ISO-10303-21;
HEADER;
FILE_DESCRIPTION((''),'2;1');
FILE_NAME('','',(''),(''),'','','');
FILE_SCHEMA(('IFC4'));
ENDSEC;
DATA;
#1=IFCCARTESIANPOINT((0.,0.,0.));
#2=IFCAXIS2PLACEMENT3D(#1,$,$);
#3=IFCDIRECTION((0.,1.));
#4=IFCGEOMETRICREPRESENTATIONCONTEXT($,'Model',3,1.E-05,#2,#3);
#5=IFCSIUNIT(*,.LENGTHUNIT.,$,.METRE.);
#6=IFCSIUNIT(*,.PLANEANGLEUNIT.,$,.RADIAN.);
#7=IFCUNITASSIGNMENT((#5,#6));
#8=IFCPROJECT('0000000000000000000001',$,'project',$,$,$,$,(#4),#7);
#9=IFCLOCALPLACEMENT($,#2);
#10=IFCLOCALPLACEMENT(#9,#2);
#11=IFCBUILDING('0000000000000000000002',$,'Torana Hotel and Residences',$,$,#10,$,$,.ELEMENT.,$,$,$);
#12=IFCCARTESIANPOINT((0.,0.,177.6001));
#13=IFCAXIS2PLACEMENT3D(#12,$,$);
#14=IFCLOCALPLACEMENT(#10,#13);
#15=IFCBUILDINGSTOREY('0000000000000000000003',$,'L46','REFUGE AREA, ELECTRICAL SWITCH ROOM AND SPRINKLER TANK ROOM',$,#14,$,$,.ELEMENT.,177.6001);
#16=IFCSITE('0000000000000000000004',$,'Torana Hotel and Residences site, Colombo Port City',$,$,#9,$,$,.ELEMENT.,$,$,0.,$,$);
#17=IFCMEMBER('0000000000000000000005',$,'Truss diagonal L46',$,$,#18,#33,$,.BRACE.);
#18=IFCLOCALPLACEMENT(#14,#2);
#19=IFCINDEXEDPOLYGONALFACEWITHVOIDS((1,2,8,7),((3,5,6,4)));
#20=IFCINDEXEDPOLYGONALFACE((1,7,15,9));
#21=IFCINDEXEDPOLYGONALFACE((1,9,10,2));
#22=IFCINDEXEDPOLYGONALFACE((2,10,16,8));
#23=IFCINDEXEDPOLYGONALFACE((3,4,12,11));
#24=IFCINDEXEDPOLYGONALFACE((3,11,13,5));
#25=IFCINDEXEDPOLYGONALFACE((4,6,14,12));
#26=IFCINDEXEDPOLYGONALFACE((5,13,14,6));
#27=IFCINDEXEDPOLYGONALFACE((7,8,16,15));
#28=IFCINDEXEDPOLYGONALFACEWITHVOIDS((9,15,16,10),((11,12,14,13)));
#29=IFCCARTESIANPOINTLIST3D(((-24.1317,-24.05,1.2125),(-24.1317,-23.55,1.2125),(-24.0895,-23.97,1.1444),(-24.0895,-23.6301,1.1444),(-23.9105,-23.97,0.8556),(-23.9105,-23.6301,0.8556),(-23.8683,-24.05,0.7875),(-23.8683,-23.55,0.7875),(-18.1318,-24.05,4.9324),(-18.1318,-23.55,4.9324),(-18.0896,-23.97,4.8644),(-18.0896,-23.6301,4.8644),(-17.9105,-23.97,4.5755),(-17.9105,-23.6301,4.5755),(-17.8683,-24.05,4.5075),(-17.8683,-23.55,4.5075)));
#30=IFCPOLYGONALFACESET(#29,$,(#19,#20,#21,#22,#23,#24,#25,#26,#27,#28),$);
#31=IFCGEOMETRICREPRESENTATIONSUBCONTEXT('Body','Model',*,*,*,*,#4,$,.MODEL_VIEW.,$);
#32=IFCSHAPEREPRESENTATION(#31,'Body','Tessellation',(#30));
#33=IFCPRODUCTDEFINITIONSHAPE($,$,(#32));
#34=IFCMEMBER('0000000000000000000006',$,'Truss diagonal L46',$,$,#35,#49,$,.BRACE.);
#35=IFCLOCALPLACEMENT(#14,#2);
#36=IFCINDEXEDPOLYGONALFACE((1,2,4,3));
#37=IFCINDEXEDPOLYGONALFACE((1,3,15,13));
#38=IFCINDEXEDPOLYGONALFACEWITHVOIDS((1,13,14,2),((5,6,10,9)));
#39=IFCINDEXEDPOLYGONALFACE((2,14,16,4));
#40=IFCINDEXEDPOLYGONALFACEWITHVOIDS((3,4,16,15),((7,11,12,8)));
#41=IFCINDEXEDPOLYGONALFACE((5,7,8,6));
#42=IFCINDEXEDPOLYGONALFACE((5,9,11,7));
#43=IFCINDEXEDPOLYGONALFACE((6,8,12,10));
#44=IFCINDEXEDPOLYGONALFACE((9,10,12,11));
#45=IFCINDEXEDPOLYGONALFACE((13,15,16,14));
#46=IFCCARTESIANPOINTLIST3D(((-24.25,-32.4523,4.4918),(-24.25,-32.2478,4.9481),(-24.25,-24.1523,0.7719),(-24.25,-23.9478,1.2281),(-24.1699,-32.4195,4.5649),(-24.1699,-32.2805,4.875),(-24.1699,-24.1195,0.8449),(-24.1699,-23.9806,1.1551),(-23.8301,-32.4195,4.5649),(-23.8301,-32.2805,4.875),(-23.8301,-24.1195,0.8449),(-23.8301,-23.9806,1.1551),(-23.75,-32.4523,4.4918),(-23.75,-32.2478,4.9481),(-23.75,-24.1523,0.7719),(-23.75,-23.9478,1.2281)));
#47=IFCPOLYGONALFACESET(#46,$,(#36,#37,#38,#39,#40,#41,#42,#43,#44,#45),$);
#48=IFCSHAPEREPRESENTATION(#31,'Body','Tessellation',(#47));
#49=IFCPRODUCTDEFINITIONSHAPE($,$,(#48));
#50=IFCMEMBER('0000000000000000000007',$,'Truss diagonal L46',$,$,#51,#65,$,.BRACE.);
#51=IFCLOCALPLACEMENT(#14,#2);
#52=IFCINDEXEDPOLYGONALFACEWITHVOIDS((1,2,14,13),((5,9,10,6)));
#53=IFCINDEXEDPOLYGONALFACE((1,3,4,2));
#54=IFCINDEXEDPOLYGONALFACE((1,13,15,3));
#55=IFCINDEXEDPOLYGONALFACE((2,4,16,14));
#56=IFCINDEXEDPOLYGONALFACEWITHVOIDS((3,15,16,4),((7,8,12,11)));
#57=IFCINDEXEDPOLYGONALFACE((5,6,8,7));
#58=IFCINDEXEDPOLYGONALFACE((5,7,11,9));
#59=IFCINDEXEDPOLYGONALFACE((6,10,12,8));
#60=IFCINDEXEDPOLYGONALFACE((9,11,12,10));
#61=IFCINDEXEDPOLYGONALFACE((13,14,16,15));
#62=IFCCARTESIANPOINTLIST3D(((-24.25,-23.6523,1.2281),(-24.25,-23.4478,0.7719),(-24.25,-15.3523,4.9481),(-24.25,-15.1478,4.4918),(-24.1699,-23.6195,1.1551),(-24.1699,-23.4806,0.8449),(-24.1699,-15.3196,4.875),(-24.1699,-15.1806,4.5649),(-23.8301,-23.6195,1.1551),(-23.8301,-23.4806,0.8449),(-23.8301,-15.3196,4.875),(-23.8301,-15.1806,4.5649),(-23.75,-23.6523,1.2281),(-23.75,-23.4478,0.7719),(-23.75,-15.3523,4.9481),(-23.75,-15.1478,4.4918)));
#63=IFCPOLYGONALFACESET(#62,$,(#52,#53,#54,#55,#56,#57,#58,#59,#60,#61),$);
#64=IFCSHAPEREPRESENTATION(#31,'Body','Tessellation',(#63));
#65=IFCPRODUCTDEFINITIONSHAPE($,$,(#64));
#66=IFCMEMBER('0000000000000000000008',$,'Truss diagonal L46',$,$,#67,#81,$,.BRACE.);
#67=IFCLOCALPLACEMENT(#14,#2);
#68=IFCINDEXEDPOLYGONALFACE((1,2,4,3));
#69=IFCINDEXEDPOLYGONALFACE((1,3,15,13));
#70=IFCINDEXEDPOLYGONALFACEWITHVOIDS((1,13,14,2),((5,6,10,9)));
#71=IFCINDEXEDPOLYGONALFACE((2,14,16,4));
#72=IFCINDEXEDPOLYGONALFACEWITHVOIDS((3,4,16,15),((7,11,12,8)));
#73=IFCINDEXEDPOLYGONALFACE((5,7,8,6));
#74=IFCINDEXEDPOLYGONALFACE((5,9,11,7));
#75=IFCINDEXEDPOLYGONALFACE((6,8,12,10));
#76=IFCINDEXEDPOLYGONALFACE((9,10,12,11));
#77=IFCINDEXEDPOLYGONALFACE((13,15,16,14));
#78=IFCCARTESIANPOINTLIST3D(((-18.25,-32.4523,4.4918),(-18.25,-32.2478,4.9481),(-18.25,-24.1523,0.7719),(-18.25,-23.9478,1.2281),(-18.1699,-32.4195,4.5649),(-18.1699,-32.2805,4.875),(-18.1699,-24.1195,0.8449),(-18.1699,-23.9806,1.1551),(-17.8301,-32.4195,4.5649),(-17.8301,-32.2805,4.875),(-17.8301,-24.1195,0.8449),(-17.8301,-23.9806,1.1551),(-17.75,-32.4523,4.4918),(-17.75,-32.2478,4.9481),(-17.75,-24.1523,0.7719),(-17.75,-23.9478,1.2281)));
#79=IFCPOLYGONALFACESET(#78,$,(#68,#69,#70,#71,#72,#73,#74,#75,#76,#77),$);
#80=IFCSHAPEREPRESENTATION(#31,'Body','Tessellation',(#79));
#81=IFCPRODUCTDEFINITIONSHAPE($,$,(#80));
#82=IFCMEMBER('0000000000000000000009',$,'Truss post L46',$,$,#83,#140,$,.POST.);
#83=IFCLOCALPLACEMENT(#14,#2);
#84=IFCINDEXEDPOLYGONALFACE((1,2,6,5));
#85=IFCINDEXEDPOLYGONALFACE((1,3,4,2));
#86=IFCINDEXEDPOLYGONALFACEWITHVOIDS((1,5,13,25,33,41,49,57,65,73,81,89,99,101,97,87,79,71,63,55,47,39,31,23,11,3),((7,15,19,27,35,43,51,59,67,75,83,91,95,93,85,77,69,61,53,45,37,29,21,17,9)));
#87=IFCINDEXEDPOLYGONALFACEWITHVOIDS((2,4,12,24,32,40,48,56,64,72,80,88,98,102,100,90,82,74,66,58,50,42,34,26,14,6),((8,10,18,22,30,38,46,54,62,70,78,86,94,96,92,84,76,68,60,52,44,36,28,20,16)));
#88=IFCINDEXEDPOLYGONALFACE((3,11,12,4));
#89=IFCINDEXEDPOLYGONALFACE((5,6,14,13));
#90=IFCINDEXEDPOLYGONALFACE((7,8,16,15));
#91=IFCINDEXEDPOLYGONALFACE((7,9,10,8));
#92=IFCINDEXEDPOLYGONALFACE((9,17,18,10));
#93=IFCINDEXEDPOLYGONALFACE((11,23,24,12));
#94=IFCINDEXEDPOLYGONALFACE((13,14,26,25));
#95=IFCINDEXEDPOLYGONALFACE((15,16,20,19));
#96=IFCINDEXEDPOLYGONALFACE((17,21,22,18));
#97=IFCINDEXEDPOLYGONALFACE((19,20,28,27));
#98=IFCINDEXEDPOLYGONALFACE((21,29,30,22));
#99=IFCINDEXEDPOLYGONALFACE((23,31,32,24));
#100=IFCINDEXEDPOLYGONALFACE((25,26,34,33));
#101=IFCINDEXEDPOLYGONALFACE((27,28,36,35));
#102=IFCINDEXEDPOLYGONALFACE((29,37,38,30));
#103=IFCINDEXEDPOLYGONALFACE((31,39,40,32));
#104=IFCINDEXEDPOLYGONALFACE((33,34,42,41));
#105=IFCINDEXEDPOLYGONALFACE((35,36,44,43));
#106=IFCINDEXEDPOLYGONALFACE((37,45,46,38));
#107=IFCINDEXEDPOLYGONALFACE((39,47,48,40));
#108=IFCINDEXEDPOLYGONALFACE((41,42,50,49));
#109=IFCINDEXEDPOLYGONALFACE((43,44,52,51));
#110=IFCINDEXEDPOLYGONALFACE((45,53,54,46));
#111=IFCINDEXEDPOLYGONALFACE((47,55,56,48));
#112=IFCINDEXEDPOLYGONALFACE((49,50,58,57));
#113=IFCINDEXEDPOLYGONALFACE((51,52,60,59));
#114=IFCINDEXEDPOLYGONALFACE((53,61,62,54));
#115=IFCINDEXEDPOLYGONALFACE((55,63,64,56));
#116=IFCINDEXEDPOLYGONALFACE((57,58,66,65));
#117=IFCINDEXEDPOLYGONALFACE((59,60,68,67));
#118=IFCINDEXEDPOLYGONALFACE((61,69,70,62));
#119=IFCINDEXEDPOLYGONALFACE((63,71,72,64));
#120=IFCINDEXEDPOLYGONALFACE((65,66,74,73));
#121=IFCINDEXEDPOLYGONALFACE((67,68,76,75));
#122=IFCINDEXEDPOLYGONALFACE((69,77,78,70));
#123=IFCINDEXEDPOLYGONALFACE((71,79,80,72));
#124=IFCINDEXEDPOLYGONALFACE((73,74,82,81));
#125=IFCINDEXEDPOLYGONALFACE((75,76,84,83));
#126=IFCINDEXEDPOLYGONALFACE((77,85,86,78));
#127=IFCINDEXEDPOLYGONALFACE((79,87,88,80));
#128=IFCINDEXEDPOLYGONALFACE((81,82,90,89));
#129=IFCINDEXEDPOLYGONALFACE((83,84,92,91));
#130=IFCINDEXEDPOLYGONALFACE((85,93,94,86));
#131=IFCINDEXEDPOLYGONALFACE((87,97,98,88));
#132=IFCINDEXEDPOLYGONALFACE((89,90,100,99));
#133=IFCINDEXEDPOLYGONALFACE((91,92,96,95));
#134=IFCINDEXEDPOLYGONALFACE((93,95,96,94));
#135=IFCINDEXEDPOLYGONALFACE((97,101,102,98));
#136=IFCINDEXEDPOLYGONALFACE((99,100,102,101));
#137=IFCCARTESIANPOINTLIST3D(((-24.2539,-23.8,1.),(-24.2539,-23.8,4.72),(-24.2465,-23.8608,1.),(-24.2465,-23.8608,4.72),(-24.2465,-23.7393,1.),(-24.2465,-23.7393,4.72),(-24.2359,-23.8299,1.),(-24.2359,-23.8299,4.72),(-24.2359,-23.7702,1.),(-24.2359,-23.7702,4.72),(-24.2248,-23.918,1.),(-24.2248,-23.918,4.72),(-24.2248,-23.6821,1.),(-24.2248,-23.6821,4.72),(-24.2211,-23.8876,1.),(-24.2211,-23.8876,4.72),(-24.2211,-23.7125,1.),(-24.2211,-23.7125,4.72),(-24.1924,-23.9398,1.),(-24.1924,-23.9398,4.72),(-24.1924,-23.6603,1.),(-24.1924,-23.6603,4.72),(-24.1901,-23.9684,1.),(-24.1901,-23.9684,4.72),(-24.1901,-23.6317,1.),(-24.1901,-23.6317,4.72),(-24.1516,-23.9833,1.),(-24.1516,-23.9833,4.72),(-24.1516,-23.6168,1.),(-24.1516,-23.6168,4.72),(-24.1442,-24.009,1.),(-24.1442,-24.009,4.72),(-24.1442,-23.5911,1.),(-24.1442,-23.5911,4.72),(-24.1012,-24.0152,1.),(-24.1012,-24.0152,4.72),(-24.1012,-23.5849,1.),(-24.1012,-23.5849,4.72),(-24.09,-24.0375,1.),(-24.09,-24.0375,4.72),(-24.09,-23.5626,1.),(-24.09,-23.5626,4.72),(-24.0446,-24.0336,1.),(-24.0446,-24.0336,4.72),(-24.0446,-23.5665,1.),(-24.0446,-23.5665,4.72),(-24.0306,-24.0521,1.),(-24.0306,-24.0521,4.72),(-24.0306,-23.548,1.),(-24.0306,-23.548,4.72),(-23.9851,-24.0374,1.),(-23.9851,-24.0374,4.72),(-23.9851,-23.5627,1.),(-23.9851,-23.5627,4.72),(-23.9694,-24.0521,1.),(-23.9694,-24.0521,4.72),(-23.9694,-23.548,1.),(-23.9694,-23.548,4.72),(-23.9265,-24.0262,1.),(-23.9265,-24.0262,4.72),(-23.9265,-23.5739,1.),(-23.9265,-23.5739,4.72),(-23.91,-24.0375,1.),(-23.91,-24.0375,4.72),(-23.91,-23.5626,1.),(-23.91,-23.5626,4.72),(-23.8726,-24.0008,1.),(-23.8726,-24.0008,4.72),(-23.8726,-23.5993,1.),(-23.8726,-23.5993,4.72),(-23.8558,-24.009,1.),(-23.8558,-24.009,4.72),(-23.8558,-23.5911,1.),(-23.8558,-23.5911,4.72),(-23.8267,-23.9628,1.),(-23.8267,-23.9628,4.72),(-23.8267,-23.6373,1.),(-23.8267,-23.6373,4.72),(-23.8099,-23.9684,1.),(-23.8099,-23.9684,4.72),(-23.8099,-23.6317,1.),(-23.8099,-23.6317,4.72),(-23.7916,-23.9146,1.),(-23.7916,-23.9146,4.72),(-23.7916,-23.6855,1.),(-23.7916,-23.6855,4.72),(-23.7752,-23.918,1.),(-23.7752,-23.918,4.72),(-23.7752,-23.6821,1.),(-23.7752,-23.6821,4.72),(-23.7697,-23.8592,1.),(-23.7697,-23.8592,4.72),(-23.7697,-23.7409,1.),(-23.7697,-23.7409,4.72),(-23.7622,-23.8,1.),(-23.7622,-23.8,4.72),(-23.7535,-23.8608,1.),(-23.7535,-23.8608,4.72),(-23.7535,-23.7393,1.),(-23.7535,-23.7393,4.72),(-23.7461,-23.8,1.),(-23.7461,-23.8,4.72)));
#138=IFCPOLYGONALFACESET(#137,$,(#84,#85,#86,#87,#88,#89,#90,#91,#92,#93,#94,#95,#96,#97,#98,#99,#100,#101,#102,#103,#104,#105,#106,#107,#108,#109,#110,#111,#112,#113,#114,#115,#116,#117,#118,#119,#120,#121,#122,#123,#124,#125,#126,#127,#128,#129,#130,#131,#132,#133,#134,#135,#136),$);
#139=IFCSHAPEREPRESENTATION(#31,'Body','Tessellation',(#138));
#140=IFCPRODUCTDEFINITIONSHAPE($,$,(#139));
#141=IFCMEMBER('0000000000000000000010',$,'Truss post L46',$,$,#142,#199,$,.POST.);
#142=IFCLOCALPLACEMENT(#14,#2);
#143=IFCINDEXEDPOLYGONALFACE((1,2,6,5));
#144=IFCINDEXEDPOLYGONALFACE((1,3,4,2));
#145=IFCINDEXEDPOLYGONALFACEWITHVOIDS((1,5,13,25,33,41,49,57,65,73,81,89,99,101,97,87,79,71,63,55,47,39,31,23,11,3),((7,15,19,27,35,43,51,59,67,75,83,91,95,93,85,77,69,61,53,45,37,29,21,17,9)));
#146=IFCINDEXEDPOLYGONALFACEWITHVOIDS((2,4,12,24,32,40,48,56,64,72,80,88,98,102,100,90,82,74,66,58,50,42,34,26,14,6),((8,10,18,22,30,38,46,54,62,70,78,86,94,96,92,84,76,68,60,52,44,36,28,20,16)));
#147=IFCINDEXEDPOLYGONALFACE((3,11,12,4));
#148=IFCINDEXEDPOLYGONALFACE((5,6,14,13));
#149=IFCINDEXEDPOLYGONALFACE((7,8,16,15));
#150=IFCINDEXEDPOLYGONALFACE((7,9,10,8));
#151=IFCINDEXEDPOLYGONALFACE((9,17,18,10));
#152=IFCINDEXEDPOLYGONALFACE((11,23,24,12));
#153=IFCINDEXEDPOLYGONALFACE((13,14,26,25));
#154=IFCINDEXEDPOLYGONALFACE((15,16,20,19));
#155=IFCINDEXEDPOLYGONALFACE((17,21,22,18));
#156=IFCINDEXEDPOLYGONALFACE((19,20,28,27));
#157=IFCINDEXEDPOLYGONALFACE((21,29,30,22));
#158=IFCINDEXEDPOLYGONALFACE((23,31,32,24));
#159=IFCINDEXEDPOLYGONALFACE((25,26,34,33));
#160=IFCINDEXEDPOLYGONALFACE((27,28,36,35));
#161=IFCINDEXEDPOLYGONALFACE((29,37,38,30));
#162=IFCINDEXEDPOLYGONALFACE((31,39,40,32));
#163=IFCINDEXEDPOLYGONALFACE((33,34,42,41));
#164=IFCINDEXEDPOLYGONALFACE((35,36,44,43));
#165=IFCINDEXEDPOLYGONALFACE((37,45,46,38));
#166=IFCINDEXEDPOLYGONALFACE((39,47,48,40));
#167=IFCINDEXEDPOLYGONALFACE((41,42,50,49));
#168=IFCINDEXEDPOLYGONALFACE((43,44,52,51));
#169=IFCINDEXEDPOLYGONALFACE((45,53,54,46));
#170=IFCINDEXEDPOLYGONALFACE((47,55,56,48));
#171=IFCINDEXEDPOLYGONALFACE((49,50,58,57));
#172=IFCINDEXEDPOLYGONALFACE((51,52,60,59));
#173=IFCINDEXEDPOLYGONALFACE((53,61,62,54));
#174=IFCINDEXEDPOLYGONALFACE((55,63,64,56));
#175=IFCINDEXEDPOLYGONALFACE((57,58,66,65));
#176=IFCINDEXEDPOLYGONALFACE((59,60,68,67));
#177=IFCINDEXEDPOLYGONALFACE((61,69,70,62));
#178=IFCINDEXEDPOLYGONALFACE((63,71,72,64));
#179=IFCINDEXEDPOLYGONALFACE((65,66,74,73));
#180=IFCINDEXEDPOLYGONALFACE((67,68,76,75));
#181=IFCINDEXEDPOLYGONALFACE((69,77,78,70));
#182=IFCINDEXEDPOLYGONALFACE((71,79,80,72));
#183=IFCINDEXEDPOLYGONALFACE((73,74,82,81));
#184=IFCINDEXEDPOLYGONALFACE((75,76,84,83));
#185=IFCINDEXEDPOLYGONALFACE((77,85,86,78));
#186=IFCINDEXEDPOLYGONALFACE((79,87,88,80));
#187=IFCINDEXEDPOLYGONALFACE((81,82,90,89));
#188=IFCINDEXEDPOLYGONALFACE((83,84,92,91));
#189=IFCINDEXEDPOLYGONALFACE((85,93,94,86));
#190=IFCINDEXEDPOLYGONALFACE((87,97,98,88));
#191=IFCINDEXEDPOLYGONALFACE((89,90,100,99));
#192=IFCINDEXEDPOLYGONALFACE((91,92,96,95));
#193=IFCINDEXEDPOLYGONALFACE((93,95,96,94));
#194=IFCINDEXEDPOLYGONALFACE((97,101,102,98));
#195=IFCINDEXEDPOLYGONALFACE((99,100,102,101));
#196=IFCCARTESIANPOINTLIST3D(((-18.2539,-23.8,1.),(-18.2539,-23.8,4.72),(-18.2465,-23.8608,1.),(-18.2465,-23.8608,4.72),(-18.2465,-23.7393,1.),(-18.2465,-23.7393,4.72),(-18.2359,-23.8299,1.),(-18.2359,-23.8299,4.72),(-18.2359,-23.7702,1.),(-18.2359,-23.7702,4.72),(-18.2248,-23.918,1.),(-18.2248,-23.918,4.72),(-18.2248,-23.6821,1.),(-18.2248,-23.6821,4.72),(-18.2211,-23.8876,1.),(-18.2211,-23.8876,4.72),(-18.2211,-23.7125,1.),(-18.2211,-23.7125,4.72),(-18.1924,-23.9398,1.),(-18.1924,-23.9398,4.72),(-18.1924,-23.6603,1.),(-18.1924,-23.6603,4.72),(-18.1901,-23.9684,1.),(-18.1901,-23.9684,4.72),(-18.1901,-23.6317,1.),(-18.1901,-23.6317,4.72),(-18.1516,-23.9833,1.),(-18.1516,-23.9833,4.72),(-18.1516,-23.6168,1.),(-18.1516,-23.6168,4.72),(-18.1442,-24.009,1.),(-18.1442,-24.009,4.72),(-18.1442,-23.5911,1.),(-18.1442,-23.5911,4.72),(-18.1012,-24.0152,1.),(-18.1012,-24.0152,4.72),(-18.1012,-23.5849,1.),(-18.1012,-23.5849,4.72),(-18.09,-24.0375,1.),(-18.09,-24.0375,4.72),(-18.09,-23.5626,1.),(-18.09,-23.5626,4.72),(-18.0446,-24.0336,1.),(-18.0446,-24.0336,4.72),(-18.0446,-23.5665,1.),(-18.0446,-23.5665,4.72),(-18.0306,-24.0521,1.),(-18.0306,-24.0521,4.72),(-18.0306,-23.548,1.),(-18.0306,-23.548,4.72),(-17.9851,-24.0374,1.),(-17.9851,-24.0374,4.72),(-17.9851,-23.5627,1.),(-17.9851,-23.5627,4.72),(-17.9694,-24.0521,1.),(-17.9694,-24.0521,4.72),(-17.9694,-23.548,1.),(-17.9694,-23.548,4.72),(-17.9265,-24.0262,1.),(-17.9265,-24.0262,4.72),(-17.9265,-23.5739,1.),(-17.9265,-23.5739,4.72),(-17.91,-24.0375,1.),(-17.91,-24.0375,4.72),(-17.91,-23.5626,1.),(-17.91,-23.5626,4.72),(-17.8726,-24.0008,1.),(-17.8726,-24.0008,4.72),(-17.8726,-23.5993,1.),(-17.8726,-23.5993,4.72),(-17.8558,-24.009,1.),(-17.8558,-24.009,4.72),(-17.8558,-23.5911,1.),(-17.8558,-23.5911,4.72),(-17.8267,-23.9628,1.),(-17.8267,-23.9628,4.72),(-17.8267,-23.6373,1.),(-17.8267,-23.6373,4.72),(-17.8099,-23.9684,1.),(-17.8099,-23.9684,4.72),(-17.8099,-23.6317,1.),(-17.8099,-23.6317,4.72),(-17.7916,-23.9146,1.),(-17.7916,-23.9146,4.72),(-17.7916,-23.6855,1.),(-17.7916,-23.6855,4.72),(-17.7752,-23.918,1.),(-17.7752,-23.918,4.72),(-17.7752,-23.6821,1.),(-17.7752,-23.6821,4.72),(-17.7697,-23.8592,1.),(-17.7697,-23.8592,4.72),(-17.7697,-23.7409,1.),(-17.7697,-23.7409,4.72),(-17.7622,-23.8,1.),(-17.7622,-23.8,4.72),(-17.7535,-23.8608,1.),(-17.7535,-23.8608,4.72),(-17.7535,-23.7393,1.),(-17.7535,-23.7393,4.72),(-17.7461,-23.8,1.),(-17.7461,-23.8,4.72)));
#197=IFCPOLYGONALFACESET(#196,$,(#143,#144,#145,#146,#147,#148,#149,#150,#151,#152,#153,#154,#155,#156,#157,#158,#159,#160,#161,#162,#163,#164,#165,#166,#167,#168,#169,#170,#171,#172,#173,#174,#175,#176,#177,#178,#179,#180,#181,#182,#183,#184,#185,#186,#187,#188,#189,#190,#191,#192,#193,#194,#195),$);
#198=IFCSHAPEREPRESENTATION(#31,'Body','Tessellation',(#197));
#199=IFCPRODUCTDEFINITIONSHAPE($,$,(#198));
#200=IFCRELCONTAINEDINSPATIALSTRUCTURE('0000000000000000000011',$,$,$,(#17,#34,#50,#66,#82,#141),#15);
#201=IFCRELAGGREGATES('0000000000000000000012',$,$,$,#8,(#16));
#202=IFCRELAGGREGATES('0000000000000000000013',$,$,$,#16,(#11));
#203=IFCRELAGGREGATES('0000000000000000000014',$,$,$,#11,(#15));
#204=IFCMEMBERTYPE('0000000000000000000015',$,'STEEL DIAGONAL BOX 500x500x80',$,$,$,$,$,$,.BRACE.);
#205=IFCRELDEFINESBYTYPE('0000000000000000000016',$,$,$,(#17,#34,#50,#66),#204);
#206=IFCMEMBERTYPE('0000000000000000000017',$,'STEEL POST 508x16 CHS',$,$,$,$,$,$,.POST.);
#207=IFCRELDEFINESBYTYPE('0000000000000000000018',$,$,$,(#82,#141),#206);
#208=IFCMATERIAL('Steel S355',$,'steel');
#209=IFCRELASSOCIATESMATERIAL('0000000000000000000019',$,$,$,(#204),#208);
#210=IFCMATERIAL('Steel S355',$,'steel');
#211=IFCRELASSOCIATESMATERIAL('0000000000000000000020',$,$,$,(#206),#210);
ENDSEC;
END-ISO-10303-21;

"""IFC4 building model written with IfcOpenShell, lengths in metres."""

from ifc_helpers import new_model, si_unit, direction, frame, origin, origin_2d, place, context, subcontext, project, spatial, hollow_rectangle, hollow_circle, extrude, material, material_profile, profile_set, type_object, element, save


model = new_model("IFC4")

# Units and contexts
model_context = context("Model", 3, precision=1e-05, world=origin(), true_north=direction((0.0, 1.0)))
body_context = subcontext(model_context, "Body", "Model", "MODEL_VIEW")
ifc_project = project(units=[si_unit("LENGTHUNIT", "METRE"), si_unit("PLANEANGLEUNIT", "RADIAN")], contexts=[model_context])

# Site, building, storey
site_placement = place(None, origin())
site = spatial("IfcSite", under=ifc_project, at=site_placement, Name="Torana Hotel and Residences site, Colombo Port City", CompositionType="ELEMENT", RefElevation=0.0)
building_placement = place(site_placement, origin())
building = spatial("IfcBuilding", under=site, at=building_placement, Name="Torana Hotel and Residences", CompositionType="ELEMENT")
storey_placement = place(building_placement, frame((0.0, 0.0, 177.6001)))
storey = spatial("IfcBuildingStorey", under=building, at=storey_placement, Name="L46", Description="REFUGE AREA, ELECTRICAL SWITCH ROOM AND SPRINKLER TANK ROOM", CompositionType="ELEMENT", Elevation=177.6001)

# Members
ifc_material_1 = material(Name="Steel S355", Category="steel")
ifc_material_profile_1 = material_profile(ifc_material_1, hollow_rectangle(XDim=0.5, YDim=0.5, WallThickness=0.0801, at=origin_2d()), Name="BOX 500x500x80")
ifc_profile_set_1 = profile_set([ifc_material_profile_1], Name="Steel S355")
member_type_1 = type_object("IfcMemberType", Name="STEEL DIAGONAL BOX 500x500x80", PredefinedType="BRACE", material=ifc_profile_set_1)
member_1_placement = place(storey_placement, frame((-24.0, -23.8, 1.0), z_axis=(0.849905, 0.0, 0.526937), x_axis=(0.0, 1.0, 0.0)))
element("IfcMember", 1, at=member_1_placement, inside=storey, type_object=member_type_1, Name="Truss diagonal L46", PredefinedType="BRACE", context=body_context, shape_type="SweptSolid", body=[
    extrude(hollow_rectangle(XDim=0.5, YDim=0.5, WallThickness=0.0801, at=origin_2d()), origin(), (0.0, 0.0, 1.0), 7.0596),
])
for number, where, z_axis, x_axis, name in (
    (2, (-24.0, -24.05, 1.0), (0.0, -0.91254, 0.408988), (1.0, 0.0, 0.0), "Truss diagonal L46"),
    (3, (-24.0, -23.55, 1.0), (0.0, 0.91254, 0.408988), (-1.0, 0.0, 0.0), "Truss diagonal L46"),
    (4, (-18.0, -24.05, 1.0), (0.0, -0.91254, 0.408988), (1.0, 0.0, 0.0), "Truss diagonal L46"),
):
    element("IfcMember", number, at=place(storey_placement, frame(where, z_axis=z_axis, x_axis=x_axis)), inside=storey, type_object=member_type_1, Name=name, PredefinedType="BRACE", context=body_context, shape_type="SweptSolid", body=[
        extrude(hollow_rectangle(XDim=0.5, YDim=0.5, WallThickness=0.0801, at=origin_2d()), origin(), (0.0, 0.0, 1.0), 9.0955),
    ])
ifc_material_2 = material(Name="Steel S355", Category="steel")
ifc_material_profile_2 = material_profile(ifc_material_2, hollow_circle(Radius=0.2539, WallThickness=0.0161, at=origin_2d()), Name="508x16 CHS")
ifc_profile_set_2 = profile_set([ifc_material_profile_2], Name="Steel S355")
member_type_2 = type_object("IfcMemberType", Name="STEEL POST 508x16 CHS", PredefinedType="POST", material=ifc_profile_set_2)
for number, where, z_axis, x_axis, name in (
    (5, (-24.0, -23.8, 1.0), (0.0, 0.0, 1.0), (1.0, 0.0, 0.0), "Truss post L46"),
    (6, (-18.0, -23.8, 1.0), (0.0, 0.0, 1.0), (1.0, 0.0, 0.0), "Truss post L46"),
):
    element("IfcMember", number, at=place(storey_placement, frame(where, z_axis=z_axis, x_axis=x_axis)), inside=storey, type_object=member_type_2, Name=name, PredefinedType="POST", context=body_context, shape_type="SweptSolid", body=[
        extrude(hollow_circle(Radius=0.2539, WallThickness=0.0161, at=origin_2d()), origin(), (0.0, 0.0, 1.0), 3.72),
    ])

save(model, "model.ifc")
